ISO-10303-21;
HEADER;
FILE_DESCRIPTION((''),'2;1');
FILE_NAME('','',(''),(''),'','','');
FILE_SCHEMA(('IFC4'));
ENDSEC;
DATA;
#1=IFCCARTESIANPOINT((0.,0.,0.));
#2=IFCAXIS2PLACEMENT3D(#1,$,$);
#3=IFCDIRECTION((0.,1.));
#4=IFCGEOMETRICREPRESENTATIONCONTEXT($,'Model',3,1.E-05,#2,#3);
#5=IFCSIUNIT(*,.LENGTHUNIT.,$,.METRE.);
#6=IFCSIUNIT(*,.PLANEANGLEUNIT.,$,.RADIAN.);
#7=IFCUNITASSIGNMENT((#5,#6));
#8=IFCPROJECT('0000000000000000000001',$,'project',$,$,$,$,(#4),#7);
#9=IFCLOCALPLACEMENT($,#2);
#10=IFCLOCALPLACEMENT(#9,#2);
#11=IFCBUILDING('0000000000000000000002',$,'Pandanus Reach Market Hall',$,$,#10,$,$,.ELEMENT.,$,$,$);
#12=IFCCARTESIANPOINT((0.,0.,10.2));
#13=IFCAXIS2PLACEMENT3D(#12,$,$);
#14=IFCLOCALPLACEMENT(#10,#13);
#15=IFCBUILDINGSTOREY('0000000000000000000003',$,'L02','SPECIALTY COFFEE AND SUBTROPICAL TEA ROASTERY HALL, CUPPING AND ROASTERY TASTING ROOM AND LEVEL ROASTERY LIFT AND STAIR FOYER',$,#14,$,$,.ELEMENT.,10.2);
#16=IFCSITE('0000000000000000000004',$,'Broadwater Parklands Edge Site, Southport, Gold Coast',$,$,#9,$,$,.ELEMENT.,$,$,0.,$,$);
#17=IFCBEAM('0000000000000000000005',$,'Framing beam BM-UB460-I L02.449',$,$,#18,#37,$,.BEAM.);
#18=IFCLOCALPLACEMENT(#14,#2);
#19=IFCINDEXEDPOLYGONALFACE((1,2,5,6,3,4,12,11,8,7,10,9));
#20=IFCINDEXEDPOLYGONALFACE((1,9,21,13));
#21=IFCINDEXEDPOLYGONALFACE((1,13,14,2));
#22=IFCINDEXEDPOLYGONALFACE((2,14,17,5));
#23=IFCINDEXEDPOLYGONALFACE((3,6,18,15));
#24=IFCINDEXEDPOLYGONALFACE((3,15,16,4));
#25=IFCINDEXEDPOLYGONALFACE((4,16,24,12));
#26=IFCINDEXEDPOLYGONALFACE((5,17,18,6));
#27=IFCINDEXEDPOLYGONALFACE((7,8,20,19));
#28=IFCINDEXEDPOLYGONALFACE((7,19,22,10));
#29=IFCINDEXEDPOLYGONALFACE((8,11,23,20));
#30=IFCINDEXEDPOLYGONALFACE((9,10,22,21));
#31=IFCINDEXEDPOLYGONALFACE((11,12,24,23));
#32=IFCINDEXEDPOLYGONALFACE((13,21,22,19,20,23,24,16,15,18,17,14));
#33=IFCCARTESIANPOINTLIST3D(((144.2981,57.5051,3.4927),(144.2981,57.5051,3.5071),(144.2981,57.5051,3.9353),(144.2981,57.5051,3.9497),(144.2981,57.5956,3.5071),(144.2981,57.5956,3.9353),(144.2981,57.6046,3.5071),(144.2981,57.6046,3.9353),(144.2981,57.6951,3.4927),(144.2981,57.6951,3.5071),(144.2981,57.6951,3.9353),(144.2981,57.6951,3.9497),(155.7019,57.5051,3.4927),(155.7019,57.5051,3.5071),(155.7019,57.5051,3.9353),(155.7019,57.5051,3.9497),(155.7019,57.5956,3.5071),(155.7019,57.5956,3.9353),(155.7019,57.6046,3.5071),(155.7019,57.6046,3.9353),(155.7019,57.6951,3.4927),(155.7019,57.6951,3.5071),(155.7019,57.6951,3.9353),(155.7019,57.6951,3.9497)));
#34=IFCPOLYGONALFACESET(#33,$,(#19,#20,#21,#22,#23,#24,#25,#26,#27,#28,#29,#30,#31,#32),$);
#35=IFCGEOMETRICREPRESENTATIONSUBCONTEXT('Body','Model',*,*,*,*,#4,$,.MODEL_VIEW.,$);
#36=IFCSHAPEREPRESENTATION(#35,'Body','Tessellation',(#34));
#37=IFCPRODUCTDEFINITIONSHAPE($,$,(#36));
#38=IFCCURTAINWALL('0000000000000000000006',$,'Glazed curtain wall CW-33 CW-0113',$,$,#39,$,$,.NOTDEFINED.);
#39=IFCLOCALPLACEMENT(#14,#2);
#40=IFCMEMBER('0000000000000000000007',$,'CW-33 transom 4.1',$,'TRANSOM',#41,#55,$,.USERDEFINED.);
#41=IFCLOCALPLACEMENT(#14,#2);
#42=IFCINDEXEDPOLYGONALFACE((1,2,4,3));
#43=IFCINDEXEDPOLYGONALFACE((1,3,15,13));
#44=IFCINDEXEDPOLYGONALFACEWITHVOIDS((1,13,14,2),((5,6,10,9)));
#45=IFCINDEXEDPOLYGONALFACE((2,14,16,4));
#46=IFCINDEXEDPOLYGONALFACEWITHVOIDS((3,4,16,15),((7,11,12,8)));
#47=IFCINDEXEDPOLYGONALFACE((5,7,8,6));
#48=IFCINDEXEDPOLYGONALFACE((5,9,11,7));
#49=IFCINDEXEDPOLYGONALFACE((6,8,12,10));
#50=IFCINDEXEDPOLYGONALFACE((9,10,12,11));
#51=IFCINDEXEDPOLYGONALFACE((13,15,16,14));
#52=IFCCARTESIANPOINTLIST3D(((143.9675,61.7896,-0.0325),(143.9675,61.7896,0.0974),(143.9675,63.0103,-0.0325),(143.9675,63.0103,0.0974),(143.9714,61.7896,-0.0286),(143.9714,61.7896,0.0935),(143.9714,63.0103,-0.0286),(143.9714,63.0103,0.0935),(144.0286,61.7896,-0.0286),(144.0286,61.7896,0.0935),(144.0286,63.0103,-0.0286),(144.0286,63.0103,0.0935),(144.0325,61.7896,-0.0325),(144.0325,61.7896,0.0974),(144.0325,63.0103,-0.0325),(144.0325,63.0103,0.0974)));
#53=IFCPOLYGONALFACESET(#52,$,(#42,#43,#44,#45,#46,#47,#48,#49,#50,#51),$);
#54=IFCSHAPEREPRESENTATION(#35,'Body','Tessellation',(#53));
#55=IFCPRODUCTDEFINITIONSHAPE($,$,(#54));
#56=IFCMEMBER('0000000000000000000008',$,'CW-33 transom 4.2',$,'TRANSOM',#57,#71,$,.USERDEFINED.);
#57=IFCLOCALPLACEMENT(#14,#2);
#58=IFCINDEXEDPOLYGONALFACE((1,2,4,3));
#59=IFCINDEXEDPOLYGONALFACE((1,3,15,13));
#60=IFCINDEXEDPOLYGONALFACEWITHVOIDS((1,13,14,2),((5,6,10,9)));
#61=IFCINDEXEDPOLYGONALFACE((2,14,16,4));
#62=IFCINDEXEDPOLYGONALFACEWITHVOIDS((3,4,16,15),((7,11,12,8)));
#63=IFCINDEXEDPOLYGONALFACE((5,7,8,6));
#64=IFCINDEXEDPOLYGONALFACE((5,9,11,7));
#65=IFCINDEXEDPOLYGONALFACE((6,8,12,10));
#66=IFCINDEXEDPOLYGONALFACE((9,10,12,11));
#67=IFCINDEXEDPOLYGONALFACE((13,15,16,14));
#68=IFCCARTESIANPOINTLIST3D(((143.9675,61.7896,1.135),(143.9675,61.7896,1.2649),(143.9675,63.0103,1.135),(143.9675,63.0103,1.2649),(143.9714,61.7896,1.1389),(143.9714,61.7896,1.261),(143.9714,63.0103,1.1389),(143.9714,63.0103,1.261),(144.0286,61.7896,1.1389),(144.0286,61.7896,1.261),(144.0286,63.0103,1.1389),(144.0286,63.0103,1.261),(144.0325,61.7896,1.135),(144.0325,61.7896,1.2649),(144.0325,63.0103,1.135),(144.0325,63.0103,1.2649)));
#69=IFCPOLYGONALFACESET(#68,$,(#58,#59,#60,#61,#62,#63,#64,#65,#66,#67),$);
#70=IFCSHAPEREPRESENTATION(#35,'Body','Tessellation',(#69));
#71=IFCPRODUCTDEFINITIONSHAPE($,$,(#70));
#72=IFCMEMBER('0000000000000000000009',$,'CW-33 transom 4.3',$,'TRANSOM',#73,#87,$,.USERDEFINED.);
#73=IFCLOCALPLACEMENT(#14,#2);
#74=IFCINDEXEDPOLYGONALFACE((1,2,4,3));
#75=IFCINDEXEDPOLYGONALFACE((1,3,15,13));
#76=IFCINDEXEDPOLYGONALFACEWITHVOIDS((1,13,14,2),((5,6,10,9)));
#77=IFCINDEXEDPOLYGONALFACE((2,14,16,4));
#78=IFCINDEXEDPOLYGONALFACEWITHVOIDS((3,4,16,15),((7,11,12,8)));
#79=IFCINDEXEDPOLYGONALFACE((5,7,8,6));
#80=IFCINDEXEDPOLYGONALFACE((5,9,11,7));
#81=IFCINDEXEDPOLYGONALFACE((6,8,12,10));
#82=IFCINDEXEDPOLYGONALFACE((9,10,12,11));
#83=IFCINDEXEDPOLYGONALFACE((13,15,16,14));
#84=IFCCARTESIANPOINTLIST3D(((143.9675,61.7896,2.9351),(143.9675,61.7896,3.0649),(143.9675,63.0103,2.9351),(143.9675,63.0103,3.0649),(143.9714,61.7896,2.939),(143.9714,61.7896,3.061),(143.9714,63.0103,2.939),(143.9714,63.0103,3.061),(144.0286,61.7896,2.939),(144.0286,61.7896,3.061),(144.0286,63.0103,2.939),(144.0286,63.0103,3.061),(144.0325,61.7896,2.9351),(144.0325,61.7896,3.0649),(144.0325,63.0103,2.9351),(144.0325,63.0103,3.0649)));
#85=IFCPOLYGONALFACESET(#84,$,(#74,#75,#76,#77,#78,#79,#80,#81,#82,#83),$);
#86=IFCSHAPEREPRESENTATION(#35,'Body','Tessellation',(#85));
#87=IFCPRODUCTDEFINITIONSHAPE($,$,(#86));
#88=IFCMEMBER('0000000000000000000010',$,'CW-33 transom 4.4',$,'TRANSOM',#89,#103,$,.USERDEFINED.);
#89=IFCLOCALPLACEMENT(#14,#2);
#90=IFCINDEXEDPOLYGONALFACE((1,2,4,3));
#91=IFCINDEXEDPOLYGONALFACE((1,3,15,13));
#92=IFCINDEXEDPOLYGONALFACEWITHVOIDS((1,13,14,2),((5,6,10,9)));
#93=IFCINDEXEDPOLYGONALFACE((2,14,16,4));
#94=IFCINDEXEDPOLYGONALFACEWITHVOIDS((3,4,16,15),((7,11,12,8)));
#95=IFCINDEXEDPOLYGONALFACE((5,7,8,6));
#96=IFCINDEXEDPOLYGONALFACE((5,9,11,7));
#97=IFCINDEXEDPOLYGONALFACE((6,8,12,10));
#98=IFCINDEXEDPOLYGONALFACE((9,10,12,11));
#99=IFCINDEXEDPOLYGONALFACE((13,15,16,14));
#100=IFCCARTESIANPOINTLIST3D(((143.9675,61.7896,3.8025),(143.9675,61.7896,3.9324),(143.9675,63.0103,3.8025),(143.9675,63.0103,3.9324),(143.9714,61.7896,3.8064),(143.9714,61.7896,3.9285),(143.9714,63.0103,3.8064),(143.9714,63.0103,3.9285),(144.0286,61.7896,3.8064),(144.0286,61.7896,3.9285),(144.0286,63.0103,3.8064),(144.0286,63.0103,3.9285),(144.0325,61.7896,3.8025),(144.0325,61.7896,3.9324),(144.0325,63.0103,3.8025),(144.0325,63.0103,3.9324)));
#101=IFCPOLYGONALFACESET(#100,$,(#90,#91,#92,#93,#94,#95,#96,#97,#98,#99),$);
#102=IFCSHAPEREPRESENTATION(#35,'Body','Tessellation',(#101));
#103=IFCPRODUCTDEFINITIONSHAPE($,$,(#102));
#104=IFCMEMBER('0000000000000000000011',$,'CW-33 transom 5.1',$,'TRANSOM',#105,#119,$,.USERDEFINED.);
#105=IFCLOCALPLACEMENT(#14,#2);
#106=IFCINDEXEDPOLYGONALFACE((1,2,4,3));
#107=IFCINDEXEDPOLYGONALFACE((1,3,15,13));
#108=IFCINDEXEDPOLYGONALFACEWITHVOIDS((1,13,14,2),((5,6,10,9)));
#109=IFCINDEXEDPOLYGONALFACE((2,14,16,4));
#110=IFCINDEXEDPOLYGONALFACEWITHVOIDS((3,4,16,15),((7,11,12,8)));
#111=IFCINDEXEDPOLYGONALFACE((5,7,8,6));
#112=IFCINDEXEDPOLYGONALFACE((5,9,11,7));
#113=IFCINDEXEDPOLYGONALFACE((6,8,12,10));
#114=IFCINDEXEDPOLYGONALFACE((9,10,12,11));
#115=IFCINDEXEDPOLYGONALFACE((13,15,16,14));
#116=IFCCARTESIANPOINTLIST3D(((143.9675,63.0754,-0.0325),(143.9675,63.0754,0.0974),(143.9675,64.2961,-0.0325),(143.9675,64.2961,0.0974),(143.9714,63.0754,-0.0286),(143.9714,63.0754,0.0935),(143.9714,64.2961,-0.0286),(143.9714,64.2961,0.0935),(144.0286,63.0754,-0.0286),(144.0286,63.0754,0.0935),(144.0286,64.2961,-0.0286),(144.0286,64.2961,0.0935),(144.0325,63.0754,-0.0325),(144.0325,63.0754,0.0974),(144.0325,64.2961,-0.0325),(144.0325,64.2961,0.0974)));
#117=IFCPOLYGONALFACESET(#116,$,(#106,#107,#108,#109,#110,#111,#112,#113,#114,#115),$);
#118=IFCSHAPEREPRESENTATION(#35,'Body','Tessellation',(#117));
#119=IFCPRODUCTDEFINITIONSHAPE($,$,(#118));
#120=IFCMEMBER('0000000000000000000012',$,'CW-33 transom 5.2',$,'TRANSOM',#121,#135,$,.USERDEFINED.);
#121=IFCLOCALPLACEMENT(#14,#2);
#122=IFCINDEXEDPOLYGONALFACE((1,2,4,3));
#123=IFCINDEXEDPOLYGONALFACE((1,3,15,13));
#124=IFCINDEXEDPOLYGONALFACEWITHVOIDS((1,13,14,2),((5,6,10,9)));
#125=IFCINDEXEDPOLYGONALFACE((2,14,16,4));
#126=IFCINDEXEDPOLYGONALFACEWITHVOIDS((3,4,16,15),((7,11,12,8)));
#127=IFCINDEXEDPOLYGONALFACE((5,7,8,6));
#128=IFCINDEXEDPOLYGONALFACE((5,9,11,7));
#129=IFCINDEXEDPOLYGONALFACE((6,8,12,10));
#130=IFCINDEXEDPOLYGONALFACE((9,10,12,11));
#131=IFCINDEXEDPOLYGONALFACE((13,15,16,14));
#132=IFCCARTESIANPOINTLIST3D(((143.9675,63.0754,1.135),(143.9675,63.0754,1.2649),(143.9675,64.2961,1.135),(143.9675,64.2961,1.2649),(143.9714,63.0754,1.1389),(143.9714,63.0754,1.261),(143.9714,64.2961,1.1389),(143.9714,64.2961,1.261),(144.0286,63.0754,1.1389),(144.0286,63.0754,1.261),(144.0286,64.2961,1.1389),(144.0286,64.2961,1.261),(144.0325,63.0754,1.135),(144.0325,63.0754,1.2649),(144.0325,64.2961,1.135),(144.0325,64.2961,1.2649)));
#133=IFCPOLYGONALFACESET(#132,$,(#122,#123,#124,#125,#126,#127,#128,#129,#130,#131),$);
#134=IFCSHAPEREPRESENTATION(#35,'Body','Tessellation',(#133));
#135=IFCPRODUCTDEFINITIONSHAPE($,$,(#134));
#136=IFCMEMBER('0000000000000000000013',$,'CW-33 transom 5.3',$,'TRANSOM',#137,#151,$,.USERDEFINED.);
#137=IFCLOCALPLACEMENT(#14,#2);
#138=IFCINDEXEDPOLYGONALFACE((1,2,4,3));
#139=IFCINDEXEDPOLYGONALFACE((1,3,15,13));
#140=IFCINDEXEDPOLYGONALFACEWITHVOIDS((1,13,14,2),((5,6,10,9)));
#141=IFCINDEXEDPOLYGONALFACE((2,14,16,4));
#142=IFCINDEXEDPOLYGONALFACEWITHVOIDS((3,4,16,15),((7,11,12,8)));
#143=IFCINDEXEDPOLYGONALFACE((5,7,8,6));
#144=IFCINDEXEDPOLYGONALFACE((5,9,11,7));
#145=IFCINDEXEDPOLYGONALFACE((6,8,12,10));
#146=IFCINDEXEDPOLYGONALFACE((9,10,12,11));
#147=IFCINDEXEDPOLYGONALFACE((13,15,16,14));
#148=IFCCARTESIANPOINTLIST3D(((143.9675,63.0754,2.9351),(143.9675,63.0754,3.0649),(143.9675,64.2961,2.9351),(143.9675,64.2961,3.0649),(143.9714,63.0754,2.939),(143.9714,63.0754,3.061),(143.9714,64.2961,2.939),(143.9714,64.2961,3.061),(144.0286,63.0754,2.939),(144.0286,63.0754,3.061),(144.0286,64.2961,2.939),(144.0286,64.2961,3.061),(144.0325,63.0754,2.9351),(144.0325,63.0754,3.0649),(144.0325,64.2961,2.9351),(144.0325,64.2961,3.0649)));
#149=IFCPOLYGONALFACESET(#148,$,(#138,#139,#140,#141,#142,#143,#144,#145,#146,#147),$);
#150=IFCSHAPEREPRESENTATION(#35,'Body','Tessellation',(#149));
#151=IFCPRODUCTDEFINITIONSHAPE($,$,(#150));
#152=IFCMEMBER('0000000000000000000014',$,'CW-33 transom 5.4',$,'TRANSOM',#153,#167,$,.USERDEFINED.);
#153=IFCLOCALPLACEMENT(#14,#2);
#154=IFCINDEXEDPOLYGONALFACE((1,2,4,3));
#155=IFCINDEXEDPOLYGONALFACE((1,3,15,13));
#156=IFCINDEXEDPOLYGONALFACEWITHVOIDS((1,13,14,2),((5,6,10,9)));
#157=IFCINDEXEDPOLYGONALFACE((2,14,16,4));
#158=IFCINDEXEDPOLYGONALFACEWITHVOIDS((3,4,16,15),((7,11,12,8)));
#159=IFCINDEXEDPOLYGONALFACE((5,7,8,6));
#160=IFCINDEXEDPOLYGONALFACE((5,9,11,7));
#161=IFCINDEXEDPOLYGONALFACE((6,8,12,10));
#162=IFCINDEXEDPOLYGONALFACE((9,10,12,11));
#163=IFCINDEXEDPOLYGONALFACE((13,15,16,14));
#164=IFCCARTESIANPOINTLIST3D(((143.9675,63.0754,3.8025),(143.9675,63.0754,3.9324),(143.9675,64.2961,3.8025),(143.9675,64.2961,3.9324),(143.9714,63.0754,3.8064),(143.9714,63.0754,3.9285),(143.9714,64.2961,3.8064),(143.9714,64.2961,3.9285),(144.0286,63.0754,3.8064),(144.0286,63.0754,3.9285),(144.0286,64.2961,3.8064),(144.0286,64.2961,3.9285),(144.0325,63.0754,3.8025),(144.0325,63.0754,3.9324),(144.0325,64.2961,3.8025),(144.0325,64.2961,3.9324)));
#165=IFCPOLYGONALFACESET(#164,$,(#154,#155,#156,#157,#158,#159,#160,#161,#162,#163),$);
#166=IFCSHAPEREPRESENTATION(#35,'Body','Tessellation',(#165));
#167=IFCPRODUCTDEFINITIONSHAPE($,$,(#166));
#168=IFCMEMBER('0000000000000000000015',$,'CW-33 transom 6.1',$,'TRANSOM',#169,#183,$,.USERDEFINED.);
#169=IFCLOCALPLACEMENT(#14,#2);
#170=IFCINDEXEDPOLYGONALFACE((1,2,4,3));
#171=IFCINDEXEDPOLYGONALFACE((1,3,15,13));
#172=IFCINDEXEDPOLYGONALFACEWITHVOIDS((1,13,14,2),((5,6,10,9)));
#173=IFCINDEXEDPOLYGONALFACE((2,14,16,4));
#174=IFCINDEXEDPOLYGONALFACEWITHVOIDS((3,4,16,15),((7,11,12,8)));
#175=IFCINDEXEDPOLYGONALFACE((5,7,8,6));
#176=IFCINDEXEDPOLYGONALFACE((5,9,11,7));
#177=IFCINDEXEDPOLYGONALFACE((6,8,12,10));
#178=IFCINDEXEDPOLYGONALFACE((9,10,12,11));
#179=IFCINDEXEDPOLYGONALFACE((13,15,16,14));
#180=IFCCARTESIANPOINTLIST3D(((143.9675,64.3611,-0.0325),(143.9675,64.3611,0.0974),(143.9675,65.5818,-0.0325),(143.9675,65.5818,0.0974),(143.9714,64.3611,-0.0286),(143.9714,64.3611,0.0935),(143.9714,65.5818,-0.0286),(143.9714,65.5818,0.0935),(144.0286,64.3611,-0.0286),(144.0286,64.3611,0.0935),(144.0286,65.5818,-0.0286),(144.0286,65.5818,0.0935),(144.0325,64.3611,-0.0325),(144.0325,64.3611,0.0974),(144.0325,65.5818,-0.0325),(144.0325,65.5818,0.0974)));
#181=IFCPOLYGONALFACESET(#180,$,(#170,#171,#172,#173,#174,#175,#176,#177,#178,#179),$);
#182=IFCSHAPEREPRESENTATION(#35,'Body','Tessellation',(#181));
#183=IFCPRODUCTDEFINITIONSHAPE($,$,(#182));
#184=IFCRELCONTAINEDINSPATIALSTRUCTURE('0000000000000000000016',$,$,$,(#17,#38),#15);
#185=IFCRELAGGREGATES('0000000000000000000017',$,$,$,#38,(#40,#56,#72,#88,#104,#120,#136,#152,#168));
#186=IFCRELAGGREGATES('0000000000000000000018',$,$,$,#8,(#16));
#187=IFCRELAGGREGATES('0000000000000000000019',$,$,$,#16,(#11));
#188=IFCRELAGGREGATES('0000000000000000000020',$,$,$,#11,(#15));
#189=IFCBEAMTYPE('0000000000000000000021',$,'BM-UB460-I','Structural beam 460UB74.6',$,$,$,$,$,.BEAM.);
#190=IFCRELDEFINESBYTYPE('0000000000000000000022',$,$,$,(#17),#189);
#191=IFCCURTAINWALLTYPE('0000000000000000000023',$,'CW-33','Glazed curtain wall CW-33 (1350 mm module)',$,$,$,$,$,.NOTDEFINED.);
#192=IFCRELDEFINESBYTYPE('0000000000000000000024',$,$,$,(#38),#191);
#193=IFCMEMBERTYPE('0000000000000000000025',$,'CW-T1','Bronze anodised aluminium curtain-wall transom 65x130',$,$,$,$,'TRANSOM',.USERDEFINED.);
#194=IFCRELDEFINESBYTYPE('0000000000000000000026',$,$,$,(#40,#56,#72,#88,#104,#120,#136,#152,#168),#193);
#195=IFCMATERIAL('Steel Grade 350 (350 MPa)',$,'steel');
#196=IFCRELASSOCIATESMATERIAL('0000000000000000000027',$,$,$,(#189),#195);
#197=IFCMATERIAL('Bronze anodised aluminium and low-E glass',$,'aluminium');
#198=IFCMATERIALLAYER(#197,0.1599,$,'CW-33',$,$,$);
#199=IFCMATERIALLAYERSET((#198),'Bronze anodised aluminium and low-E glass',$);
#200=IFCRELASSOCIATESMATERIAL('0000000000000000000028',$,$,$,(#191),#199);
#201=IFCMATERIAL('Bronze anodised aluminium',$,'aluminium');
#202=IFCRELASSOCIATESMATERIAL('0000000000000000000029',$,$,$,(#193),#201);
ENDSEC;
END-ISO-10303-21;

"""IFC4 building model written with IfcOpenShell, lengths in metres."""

from ifc_helpers import new_model, si_unit, direction, frame, origin, origin_2d, place, context, subcontext, project, spatial, hollow_rectangle, i_section, extrude, material, layer, layer_set, material_profile, profile_set, type_object, element, aggregate, save


model = new_model("IFC4")

# Units and contexts
model_context = context("Model", 3, precision=1e-05, world=origin(), true_north=direction((0.0, 1.0)))
body_context = subcontext(model_context, "Body", "Model", "MODEL_VIEW")
ifc_project = project(units=[si_unit("LENGTHUNIT", "METRE"), si_unit("PLANEANGLEUNIT", "RADIAN")], contexts=[model_context])

# Site, building, storey
site_placement = place(None, origin())
site = spatial("IfcSite", under=ifc_project, at=site_placement, Name="Broadwater Parklands Edge Site, Southport, Gold Coast", CompositionType="ELEMENT", RefElevation=0.0)
building_placement = place(site_placement, origin())
building = spatial("IfcBuilding", under=site, at=building_placement, Name="Pandanus Reach Market Hall", CompositionType="ELEMENT")
storey_placement = place(building_placement, frame((0.0, 0.0, 10.2)))
storey = spatial("IfcBuildingStorey", under=building, at=storey_placement, Name="L02", Description="SPECIALTY COFFEE AND SUBTROPICAL TEA ROASTERY HALL, CUPPING AND ROASTERY TASTING ROOM AND LEVEL ROASTERY LIFT AND STAIR FOYER", CompositionType="ELEMENT", Elevation=10.2)

# Beam
ifc_material_1 = material(Name="Steel Grade 350 (350 MPa)", Category="steel")
ifc_material_profile_1 = material_profile(ifc_material_1, i_section(OverallWidth=0.1899, OverallDepth=0.457, WebThickness=0.009, FlangeThickness=0.0144, at=origin_2d()), Name="460UB74.6", Category="LoadBearing")
ifc_profile_set_1 = profile_set([ifc_material_profile_1], Name="Steel Grade 350 (350 MPa)")
beam_type_1 = type_object("IfcBeamType", Name="BM-UB460-I", Description="Structural beam 460UB74.6", PredefinedType="BEAM", material=ifc_profile_set_1)
beam_1_placement = place(storey_placement, frame((144.2981, 57.6001, 3.7212), z_axis=(1.0, 0.0, 0.0), x_axis=(0.0, 1.0, 0.0)))
element("IfcBeam", 1, at=beam_1_placement, inside=storey, type_object=beam_type_1, Name="Framing beam BM-UB460-I L02.449", PredefinedType="BEAM", context=body_context, shape_type="SweptSolid", body=[
    extrude(i_section(OverallWidth=0.1899, OverallDepth=0.457, WebThickness=0.009, FlangeThickness=0.0144, at=origin_2d()), origin(), (0.0, 0.0, 1.0), 11.4038),
])

# Curtain wall, members
ifc_material_2 = material(Name="Bronze anodised aluminium and low-E glass", Category="aluminium")
ifc_layer_1 = layer(ifc_material_2, 0.1599, Name="CW-33")
ifc_layer_set_1 = layer_set([ifc_layer_1], Name="Bronze anodised aluminium and low-E glass")
curtain_wall_type = type_object("IfcCurtainWallType", Name="CW-33", Description="Glazed curtain wall CW-33 (1350 mm module)", PredefinedType="NOTDEFINED", material=ifc_layer_set_1)
curtain_wall_placement = place(storey_placement, origin())
curtain_wall = element("IfcCurtainWall", 2, at=curtain_wall_placement, inside=storey, type_object=curtain_wall_type, Name="Glazed curtain wall CW-33 CW-0113", PredefinedType="NOTDEFINED")
ifc_material_3 = material(Name="Bronze anodised aluminium", Category="aluminium")
ifc_material_profile_2 = material_profile(ifc_material_3, hollow_rectangle(XDim=0.0649, YDim=0.1299, WallThickness=0.0039, at=origin_2d()), Name="ALU65x130", Category="LoadBearing")
ifc_profile_set_2 = profile_set([ifc_material_profile_2], Name="Bronze anodised aluminium")
member_type = type_object("IfcMemberType", Name="CW-T1", Description="Bronze anodised aluminium curtain-wall transom 65x130", ElementType="TRANSOM", PredefinedType="USERDEFINED", material=ifc_profile_set_2)
member_1_placement = place(storey_placement, frame((144.0, 61.7896, 0.0325), z_axis=(0.0, 1.0, 0.0), x_axis=(-1.0, 0.0, 0.0)))
member_1 = element("IfcMember", 3, at=member_1_placement, type_object=member_type, Name="CW-33 transom 4.1", ObjectType="TRANSOM", PredefinedType="USERDEFINED", context=body_context, shape_type="SweptSolid", body=[
    extrude(hollow_rectangle(XDim=0.0649, YDim=0.1299, WallThickness=0.0039, at=origin_2d()), origin(), (0.0, 0.0, 1.0), 1.2207),
])
member_2_placement = place(storey_placement, frame((144.0, 61.7896, 1.2), z_axis=(0.0, 1.0, 0.0), x_axis=(-1.0, 0.0, 0.0)))
member_2 = element("IfcMember", 4, at=member_2_placement, type_object=member_type, Name="CW-33 transom 4.2", ObjectType="TRANSOM", PredefinedType="USERDEFINED", context=body_context, shape_type="SweptSolid", body=[
    extrude(hollow_rectangle(XDim=0.0649, YDim=0.1299, WallThickness=0.0039, at=origin_2d()), origin(), (0.0, 0.0, 1.0), 1.2207),
])
member_3_placement = place(storey_placement, frame((144.0, 61.7896, 3.0), z_axis=(0.0, 1.0, 0.0), x_axis=(-1.0, 0.0, 0.0)))
member_3 = element("IfcMember", 5, at=member_3_placement, type_object=member_type, Name="CW-33 transom 4.3", ObjectType="TRANSOM", PredefinedType="USERDEFINED", context=body_context, shape_type="SweptSolid", body=[
    extrude(hollow_rectangle(XDim=0.0649, YDim=0.1299, WallThickness=0.0039, at=origin_2d()), origin(), (0.0, 0.0, 1.0), 1.2207),
])
member_4_placement = place(storey_placement, frame((144.0, 61.7896, 3.8674), z_axis=(0.0, 1.0, 0.0), x_axis=(-1.0, 0.0, 0.0)))
member_4 = element("IfcMember", 6, at=member_4_placement, type_object=member_type, Name="CW-33 transom 4.4", ObjectType="TRANSOM", PredefinedType="USERDEFINED", context=body_context, shape_type="SweptSolid", body=[
    extrude(hollow_rectangle(XDim=0.0649, YDim=0.1299, WallThickness=0.0039, at=origin_2d()), origin(), (0.0, 0.0, 1.0), 1.2207),
])
member_5_placement = place(storey_placement, frame((144.0, 63.0754, 0.0325), z_axis=(0.0, 1.0, 0.0), x_axis=(-1.0, 0.0, 0.0)))
member_5 = element("IfcMember", 7, at=member_5_placement, type_object=member_type, Name="CW-33 transom 5.1", ObjectType="TRANSOM", PredefinedType="USERDEFINED", context=body_context, shape_type="SweptSolid", body=[
    extrude(hollow_rectangle(XDim=0.0649, YDim=0.1299, WallThickness=0.0039, at=origin_2d()), origin(), (0.0, 0.0, 1.0), 1.2207),
])
member_6_placement = place(storey_placement, frame((144.0, 63.0754, 1.2), z_axis=(0.0, 1.0, 0.0), x_axis=(-1.0, 0.0, 0.0)))
member_6 = element("IfcMember", 8, at=member_6_placement, type_object=member_type, Name="CW-33 transom 5.2", ObjectType="TRANSOM", PredefinedType="USERDEFINED", context=body_context, shape_type="SweptSolid", body=[
    extrude(hollow_rectangle(XDim=0.0649, YDim=0.1299, WallThickness=0.0039, at=origin_2d()), origin(), (0.0, 0.0, 1.0), 1.2207),
])
member_7_placement = place(storey_placement, frame((144.0, 63.0754, 3.0), z_axis=(0.0, 1.0, 0.0), x_axis=(-1.0, 0.0, 0.0)))
member_7 = element("IfcMember", 9, at=member_7_placement, type_object=member_type, Name="CW-33 transom 5.3", ObjectType="TRANSOM", PredefinedType="USERDEFINED", context=body_context, shape_type="SweptSolid", body=[
    extrude(hollow_rectangle(XDim=0.0649, YDim=0.1299, WallThickness=0.0039, at=origin_2d()), origin(), (0.0, 0.0, 1.0), 1.2207),
])
member_8_placement = place(storey_placement, frame((144.0, 63.0754, 3.8674), z_axis=(0.0, 1.0, 0.0), x_axis=(-1.0, 0.0, 0.0)))
member_8 = element("IfcMember", 10, at=member_8_placement, type_object=member_type, Name="CW-33 transom 5.4", ObjectType="TRANSOM", PredefinedType="USERDEFINED", context=body_context, shape_type="SweptSolid", body=[
    extrude(hollow_rectangle(XDim=0.0649, YDim=0.1299, WallThickness=0.0039, at=origin_2d()), origin(), (0.0, 0.0, 1.0), 1.2207),
])
member_9_placement = place(storey_placement, frame((144.0, 64.3611, 0.0325), z_axis=(0.0, 1.0, 0.0), x_axis=(-1.0, 0.0, 0.0)))
member_9 = element("IfcMember", 11, at=member_9_placement, type_object=member_type, Name="CW-33 transom 6.1", ObjectType="TRANSOM", PredefinedType="USERDEFINED", context=body_context, shape_type="SweptSolid", body=[
    extrude(hollow_rectangle(XDim=0.0649, YDim=0.1299, WallThickness=0.0039, at=origin_2d()), origin(), (0.0, 0.0, 1.0), 1.2207),
])

aggregate(curtain_wall, [member_1, member_2, member_3, member_4, member_5, member_6, member_7, member_8, member_9])

save(model, "model.ifc")
